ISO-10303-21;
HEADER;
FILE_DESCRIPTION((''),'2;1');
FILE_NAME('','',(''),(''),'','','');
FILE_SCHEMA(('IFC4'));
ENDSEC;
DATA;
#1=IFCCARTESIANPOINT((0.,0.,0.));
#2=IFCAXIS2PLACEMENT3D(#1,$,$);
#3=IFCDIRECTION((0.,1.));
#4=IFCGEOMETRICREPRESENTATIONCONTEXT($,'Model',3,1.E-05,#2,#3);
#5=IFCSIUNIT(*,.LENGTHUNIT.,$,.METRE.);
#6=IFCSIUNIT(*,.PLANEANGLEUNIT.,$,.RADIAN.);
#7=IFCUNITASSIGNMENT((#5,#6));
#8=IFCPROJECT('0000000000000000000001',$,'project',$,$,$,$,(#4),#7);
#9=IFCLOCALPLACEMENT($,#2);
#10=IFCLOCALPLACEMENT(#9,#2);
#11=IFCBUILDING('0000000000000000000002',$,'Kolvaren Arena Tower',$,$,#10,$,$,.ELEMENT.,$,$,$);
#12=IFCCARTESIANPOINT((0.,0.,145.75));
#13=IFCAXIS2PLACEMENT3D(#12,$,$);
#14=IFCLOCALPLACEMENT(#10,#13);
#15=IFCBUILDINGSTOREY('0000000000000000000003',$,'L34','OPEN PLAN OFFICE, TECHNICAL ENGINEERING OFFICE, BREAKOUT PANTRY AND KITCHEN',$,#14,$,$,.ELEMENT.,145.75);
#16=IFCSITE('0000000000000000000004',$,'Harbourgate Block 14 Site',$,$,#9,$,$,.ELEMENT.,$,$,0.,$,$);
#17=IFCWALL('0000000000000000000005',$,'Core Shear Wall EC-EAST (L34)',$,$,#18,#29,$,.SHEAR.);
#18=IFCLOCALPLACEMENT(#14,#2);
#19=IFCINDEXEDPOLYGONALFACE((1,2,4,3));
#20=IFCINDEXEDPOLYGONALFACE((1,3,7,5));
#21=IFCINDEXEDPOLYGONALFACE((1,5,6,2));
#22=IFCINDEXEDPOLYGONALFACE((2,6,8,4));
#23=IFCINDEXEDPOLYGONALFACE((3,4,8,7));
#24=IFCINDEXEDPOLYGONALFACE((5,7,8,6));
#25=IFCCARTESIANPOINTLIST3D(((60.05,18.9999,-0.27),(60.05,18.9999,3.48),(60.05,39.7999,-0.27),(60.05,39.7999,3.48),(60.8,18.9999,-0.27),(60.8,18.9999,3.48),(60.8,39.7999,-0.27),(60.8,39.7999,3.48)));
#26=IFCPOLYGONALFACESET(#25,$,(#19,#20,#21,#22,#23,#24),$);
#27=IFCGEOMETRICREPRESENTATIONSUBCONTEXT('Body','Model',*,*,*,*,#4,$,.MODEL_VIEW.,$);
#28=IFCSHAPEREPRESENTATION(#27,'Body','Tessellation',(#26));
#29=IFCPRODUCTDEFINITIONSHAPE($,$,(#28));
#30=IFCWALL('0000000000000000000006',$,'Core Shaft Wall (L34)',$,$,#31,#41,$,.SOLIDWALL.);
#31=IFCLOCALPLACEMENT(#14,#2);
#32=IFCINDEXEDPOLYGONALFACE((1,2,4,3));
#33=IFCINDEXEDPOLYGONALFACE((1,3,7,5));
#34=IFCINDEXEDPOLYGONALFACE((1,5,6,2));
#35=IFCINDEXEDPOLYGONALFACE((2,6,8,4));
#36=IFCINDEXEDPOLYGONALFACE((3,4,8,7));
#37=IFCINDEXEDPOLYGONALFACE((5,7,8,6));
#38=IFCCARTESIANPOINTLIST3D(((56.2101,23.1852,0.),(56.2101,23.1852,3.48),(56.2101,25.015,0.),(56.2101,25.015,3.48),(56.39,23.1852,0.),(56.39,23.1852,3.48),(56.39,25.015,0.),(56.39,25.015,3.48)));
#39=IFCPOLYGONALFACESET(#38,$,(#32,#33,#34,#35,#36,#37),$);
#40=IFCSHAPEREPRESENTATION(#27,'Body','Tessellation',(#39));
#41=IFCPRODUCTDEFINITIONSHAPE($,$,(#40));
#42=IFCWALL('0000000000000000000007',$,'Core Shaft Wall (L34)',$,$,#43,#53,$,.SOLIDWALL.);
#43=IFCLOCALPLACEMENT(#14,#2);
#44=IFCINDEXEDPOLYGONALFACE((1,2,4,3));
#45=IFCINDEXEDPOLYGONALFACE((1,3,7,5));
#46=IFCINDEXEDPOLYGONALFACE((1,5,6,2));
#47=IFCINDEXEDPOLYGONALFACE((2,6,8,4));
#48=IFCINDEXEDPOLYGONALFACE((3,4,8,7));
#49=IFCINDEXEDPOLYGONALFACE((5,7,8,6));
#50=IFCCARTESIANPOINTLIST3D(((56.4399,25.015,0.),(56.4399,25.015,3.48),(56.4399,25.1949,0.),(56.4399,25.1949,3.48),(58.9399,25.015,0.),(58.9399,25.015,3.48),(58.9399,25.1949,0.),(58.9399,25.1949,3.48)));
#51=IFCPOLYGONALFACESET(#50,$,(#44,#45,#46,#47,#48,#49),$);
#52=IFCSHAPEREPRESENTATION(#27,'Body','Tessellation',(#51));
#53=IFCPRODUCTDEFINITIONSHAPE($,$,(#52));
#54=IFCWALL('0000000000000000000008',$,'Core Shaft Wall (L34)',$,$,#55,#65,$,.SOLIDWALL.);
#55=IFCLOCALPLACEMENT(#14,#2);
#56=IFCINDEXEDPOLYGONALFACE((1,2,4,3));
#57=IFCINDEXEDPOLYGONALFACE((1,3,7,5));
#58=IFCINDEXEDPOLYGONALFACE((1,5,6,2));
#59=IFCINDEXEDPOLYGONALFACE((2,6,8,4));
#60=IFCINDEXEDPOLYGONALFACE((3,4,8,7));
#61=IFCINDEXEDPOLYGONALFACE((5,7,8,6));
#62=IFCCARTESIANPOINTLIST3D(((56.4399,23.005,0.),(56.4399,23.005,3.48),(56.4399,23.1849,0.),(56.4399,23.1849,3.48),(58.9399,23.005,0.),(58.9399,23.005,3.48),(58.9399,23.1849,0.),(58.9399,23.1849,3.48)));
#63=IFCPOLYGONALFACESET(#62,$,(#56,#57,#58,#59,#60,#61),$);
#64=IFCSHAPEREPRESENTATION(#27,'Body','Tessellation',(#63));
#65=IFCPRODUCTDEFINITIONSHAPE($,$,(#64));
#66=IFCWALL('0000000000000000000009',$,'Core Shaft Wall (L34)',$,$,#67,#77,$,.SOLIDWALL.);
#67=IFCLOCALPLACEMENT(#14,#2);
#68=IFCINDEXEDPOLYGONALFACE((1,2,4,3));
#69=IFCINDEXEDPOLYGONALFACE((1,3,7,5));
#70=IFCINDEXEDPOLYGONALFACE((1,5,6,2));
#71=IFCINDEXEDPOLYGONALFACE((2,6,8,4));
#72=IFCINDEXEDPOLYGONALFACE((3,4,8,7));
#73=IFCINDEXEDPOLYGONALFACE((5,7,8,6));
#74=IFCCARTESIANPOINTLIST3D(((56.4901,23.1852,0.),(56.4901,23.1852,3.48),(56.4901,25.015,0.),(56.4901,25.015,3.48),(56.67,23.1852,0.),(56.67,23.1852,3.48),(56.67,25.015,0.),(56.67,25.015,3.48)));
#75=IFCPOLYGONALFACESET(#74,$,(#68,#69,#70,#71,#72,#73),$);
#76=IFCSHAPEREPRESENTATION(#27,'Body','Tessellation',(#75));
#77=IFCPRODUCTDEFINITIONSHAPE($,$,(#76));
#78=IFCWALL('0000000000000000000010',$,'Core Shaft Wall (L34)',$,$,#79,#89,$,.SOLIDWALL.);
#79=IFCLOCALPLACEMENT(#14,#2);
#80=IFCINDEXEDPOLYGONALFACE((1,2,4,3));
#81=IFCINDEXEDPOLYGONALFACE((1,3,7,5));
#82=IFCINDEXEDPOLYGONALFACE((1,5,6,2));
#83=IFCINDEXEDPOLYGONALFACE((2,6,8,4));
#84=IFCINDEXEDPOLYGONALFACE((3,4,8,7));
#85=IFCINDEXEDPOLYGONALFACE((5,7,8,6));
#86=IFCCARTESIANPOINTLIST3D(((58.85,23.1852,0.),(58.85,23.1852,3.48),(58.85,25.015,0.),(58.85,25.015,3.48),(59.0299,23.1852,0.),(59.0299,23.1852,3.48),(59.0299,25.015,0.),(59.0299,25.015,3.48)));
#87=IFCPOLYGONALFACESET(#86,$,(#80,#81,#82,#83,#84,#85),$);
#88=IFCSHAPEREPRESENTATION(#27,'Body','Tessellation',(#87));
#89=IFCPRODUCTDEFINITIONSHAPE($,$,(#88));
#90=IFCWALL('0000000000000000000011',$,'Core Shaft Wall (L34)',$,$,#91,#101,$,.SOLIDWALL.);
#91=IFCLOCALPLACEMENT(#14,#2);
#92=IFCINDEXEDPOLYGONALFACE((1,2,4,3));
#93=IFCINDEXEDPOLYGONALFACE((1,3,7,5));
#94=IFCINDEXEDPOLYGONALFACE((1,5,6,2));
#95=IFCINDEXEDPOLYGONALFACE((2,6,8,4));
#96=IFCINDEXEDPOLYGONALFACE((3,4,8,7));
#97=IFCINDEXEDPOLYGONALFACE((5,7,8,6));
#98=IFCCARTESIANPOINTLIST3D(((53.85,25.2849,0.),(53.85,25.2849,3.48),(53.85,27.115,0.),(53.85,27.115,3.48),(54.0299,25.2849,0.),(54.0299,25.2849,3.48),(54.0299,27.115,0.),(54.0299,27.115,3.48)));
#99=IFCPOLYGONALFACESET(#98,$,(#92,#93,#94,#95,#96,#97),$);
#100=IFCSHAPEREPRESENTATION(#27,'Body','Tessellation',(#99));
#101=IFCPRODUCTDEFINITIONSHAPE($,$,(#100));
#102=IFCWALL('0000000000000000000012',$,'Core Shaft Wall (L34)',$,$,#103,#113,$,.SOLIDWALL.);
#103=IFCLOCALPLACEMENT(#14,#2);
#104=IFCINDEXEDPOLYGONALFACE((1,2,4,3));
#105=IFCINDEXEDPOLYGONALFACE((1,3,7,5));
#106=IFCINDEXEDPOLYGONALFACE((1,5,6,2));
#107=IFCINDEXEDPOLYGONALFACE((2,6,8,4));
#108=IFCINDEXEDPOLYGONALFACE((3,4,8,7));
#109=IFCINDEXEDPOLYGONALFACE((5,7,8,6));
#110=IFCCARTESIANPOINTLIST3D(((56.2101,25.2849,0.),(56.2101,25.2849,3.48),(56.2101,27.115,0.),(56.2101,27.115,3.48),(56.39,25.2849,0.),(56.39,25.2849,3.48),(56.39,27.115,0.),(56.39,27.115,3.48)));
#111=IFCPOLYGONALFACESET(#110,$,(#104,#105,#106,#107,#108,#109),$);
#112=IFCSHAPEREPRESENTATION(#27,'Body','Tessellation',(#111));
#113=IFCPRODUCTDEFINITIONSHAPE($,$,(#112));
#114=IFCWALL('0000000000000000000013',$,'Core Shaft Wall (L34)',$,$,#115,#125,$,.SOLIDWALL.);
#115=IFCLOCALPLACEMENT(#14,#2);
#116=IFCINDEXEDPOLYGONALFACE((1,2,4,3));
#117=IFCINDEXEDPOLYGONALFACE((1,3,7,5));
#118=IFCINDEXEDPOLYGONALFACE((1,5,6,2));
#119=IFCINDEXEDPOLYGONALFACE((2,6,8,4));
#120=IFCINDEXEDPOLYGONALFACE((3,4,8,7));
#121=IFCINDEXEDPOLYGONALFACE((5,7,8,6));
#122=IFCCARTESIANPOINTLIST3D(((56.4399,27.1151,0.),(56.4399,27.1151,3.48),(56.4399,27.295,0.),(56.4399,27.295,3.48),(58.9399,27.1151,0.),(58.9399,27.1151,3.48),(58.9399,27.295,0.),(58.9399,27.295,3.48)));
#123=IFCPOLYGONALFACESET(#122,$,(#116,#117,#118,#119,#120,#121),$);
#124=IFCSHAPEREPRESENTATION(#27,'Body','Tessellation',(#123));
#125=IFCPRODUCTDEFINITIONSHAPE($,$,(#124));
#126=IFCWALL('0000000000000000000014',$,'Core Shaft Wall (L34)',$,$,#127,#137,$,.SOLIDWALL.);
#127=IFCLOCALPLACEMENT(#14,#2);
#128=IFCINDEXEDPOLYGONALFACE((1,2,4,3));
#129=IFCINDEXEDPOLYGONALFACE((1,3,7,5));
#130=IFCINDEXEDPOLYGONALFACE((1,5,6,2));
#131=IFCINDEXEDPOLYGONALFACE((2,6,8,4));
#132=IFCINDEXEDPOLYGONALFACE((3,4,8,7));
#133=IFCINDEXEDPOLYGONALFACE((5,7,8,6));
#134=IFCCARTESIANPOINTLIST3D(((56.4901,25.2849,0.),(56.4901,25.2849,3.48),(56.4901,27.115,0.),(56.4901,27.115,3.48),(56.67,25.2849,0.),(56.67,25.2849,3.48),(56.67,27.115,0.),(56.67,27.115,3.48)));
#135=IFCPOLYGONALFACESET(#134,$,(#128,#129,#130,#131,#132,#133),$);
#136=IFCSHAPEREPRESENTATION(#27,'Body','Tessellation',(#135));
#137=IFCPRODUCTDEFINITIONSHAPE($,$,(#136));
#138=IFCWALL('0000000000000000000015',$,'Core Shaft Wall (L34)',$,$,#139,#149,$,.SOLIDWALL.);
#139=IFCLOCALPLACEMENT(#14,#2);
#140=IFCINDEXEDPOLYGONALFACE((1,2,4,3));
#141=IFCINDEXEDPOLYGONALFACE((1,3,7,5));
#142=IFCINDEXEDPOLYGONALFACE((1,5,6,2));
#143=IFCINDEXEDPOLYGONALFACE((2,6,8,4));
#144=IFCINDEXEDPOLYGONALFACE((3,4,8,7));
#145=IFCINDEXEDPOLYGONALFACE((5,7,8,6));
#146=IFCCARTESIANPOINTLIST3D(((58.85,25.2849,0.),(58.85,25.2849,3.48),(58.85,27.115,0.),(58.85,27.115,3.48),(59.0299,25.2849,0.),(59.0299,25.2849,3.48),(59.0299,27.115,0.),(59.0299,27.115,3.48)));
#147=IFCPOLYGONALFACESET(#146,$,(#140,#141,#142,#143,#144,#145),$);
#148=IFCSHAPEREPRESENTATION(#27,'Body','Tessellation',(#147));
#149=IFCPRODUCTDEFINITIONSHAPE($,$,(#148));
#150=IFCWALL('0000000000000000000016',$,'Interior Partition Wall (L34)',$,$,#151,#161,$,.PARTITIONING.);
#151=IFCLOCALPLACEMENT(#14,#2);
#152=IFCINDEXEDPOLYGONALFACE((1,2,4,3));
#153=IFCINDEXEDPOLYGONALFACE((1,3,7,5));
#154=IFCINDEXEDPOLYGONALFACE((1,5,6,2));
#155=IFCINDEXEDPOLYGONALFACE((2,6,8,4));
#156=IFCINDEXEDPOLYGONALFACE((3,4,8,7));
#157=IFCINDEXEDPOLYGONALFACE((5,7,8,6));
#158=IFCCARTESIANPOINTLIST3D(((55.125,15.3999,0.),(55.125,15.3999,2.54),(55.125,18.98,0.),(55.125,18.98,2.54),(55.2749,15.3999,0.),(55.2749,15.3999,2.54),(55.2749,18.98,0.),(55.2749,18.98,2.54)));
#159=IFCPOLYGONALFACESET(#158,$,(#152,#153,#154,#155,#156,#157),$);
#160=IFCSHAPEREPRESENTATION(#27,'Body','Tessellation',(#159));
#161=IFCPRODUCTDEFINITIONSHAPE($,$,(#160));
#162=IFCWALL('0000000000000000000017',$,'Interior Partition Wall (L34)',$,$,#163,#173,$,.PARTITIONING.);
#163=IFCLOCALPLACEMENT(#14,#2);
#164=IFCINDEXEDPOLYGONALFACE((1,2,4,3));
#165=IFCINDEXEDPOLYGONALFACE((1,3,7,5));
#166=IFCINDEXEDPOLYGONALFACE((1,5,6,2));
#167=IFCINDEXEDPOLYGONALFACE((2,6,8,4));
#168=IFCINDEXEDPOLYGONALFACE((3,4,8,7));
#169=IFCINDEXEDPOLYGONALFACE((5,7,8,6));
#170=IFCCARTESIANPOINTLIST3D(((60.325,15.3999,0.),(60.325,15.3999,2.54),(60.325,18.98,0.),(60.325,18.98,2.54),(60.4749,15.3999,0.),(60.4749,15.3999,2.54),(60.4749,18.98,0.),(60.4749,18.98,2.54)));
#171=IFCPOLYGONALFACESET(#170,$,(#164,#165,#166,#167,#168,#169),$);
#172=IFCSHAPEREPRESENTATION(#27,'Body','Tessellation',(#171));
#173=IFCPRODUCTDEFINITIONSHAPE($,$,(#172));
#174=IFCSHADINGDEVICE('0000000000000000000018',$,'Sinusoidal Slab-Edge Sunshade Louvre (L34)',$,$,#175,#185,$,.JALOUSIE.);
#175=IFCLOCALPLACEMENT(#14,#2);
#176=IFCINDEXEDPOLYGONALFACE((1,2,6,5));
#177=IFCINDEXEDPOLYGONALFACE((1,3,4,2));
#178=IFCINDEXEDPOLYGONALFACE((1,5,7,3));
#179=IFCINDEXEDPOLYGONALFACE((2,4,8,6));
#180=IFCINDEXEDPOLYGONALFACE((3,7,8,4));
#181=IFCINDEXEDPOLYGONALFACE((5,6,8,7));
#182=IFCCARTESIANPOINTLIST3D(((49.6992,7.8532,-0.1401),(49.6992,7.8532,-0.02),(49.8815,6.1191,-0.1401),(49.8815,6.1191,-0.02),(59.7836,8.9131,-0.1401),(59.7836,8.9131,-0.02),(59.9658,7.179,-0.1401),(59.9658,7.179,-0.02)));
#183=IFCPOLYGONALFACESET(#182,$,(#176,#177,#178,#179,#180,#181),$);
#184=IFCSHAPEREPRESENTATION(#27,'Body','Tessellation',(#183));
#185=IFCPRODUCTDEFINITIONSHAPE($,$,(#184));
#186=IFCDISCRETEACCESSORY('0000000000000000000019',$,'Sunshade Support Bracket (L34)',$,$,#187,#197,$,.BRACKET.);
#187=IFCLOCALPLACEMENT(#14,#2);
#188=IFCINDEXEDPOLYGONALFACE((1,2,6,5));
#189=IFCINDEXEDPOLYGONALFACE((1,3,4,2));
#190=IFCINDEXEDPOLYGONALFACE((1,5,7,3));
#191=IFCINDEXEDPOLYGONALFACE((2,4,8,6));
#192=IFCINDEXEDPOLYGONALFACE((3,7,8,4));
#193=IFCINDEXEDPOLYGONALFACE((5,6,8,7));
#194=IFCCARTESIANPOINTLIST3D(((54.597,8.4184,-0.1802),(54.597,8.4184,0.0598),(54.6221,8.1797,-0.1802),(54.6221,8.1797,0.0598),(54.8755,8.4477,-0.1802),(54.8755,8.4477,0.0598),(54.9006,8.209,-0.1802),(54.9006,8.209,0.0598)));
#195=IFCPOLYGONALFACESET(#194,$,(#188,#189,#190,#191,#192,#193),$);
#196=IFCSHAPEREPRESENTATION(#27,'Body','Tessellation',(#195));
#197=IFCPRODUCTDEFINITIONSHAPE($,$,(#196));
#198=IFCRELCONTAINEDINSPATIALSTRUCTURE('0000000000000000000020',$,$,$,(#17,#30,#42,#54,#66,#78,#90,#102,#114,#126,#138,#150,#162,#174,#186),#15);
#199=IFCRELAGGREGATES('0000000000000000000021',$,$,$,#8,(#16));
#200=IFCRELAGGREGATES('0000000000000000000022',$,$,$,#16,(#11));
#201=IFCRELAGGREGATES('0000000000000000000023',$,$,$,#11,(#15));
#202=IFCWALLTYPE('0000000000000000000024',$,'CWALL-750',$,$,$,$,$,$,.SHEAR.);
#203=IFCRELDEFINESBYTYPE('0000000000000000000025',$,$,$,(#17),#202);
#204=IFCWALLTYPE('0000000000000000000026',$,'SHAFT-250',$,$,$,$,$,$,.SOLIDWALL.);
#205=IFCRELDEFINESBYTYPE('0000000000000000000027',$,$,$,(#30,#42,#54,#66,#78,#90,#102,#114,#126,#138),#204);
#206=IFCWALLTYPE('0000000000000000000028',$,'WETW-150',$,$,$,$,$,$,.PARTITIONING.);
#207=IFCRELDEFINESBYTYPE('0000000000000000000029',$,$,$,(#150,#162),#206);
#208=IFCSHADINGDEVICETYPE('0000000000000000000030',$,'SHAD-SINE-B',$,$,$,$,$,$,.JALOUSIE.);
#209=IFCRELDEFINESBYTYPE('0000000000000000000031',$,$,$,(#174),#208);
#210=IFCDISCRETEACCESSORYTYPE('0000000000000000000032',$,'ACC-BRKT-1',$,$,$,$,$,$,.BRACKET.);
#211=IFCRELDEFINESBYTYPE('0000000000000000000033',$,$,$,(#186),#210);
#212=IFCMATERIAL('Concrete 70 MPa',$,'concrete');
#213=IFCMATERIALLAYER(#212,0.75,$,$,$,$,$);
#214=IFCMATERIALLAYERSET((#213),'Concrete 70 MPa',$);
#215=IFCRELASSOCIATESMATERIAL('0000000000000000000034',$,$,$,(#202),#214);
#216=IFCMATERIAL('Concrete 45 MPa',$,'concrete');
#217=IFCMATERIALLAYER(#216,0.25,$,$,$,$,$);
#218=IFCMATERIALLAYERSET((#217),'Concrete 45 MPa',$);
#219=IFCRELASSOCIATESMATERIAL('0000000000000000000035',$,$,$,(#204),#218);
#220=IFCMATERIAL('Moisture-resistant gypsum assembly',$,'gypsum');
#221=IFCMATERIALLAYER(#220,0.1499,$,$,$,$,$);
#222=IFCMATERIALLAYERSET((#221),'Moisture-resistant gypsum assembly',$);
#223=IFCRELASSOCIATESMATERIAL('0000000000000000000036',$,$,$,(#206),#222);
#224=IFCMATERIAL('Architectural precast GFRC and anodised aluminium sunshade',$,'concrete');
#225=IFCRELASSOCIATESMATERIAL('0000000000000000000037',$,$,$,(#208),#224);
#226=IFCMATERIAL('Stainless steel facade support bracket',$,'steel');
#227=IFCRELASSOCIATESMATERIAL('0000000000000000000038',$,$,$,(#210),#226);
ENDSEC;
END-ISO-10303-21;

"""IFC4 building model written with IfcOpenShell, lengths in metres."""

from ifc_helpers import new_model, si_unit, direction, frame, frame_2d, origin, origin_2d, place, context, subcontext, project, spatial, rectangle, extrude, material, layer, layer_set, type_object, element, save


model = new_model("IFC4")

# Units and contexts
model_context = context("Model", 3, precision=1e-05, world=origin(), true_north=direction((0.0, 1.0)))
body_context = subcontext(model_context, "Body", "Model", "MODEL_VIEW")
ifc_project = project(units=[si_unit("LENGTHUNIT", "METRE"), si_unit("PLANEANGLEUNIT", "RADIAN")], contexts=[model_context])

# Site, building, storey
site_placement = place(None, origin())
site = spatial("IfcSite", under=ifc_project, at=site_placement, Name="Harbourgate Block 14 Site", CompositionType="ELEMENT", RefElevation=0.0)
building_placement = place(site_placement, origin())
building = spatial("IfcBuilding", under=site, at=building_placement, Name="Kolvaren Arena Tower", CompositionType="ELEMENT")
storey_placement = place(building_placement, frame((0.0, 0.0, 145.75)))
storey = spatial("IfcBuildingStorey", under=building, at=storey_placement, Name="L34", Description="OPEN PLAN OFFICE, TECHNICAL ENGINEERING OFFICE, BREAKOUT PANTRY AND KITCHEN", CompositionType="ELEMENT", Elevation=145.75)

# Walls
ifc_material_1 = material(Name="Concrete 70 MPa", Category="concrete")
ifc_layer_1 = layer(ifc_material_1, 0.75)
ifc_layer_set_1 = layer_set([ifc_layer_1], Name="Concrete 70 MPa")
wall_type_1 = type_object("IfcWallType", Name="CWALL-750", PredefinedType="SHEAR", material=ifc_layer_set_1)
wall_1_placement = place(storey_placement, frame((60.425, 19.0, -0.27), z_axis=(0.0, 0.0, 1.0), x_axis=(0.0, 1.0, 0.0)))
element("IfcWall", 1, at=wall_1_placement, inside=storey, type_object=wall_type_1, Name="Core Shear Wall EC-EAST (L34)", PredefinedType="SHEAR", context=body_context, shape_type="SweptSolid", body=[
    extrude(rectangle(XDim=20.8, YDim=0.75, at=frame_2d((10.3999, 0.0))), origin(), (0.0, 0.0, 1.0), 3.75),
])
ifc_material_2 = material(Name="Concrete 45 MPa", Category="concrete")
ifc_layer_2 = layer(ifc_material_2, 0.25)
ifc_layer_set_2 = layer_set([ifc_layer_2], Name="Concrete 45 MPa")
wall_type_2 = type_object("IfcWallType", Name="SHAFT-250", PredefinedType="SOLIDWALL", material=ifc_layer_set_2)
wall_2_placement = place(storey_placement, frame((56.3, 23.1851, 0.0), z_axis=(0.0, 0.0, 1.0), x_axis=(0.0, 1.0, 0.0)))
element("IfcWall", 2, at=wall_2_placement, inside=storey, type_object=wall_type_2, Name="Core Shaft Wall (L34)", PredefinedType="SOLIDWALL", context=body_context, shape_type="SweptSolid", body=[
    extrude(rectangle(XDim=1.8298, YDim=0.1799, at=frame_2d((0.915, 0.0))), origin(), (0.0, 0.0, 1.0), 3.48),
])
for number, where, z_axis, x_axis, name in (
    (3, (56.4399, 25.105, 0.0), (0.0, 0.0, 1.0), (1.0, 0.0, 0.0), "Core Shaft Wall (L34)"),
    (4, (56.4399, 23.095, 0.0), (0.0, 0.0, 1.0), (1.0, 0.0, 0.0), "Core Shaft Wall (L34)"),
):
    element("IfcWall", number, at=place(storey_placement, frame(where, z_axis=z_axis, x_axis=x_axis)), inside=storey, type_object=wall_type_2, Name=name, PredefinedType="SOLIDWALL", context=body_context, shape_type="SweptSolid", body=[
        extrude(rectangle(XDim=2.5, YDim=0.1799, at=frame_2d((1.25, 0.0))), origin(), (0.0, 0.0, 1.0), 3.48),
    ])
for number, where, z_axis, x_axis, name in (
    (5, (56.5801, 23.1851, 0.0), (0.0, 0.0, 1.0), (0.0, 1.0, 0.0), "Core Shaft Wall (L34)"),
    (6, (58.9399, 23.1851, 0.0), (0.0, 0.0, 1.0), (0.0, 1.0, 0.0), "Core Shaft Wall (L34)"),
):
    element("IfcWall", number, at=place(storey_placement, frame(where, z_axis=z_axis, x_axis=x_axis)), inside=storey, type_object=wall_type_2, Name=name, PredefinedType="SOLIDWALL", context=body_context, shape_type="SweptSolid", body=[
        extrude(rectangle(XDim=1.8298, YDim=0.1799, at=frame_2d((0.915, 0.0))), origin(), (0.0, 0.0, 1.0), 3.48),
    ])
for number, where, z_axis, x_axis, name in (
    (7, (53.9399, 25.2849, 0.0), (0.0, 0.0, 1.0), (0.0, 1.0, 0.0), "Core Shaft Wall (L34)"),
    (8, (56.3, 25.2849, 0.0), (0.0, 0.0, 1.0), (0.0, 1.0, 0.0), "Core Shaft Wall (L34)"),
):
    element("IfcWall", number, at=place(storey_placement, frame(where, z_axis=z_axis, x_axis=x_axis)), inside=storey, type_object=wall_type_2, Name=name, PredefinedType="SOLIDWALL", context=body_context, shape_type="SweptSolid", body=[
        extrude(rectangle(XDim=1.8301, YDim=0.1799, at=frame_2d((0.915, 0.0))), origin(), (0.0, 0.0, 1.0), 3.48),
    ])
wall_3_placement = place(storey_placement, frame((56.4399, 27.2051, 0.0), z_axis=(0.0, 0.0, 1.0), x_axis=(1.0, 0.0, 0.0)))
element("IfcWall", 9, at=wall_3_placement, inside=storey, type_object=wall_type_2, Name="Core Shaft Wall (L34)", PredefinedType="SOLIDWALL", context=body_context, shape_type="SweptSolid", body=[
    extrude(rectangle(XDim=2.5, YDim=0.1799, at=frame_2d((1.25, 0.0))), origin(), (0.0, 0.0, 1.0), 3.48),
])
for number, where, z_axis, x_axis, name in (
    (10, (56.5801, 25.2849, 0.0), (0.0, 0.0, 1.0), (0.0, 1.0, 0.0), "Core Shaft Wall (L34)"),
    (11, (58.9399, 25.2849, 0.0), (0.0, 0.0, 1.0), (0.0, 1.0, 0.0), "Core Shaft Wall (L34)"),
):
    element("IfcWall", number, at=place(storey_placement, frame(where, z_axis=z_axis, x_axis=x_axis)), inside=storey, type_object=wall_type_2, Name=name, PredefinedType="SOLIDWALL", context=body_context, shape_type="SweptSolid", body=[
        extrude(rectangle(XDim=1.8301, YDim=0.1799, at=frame_2d((0.915, 0.0))), origin(), (0.0, 0.0, 1.0), 3.48),
    ])
ifc_material_3 = material(Name="Moisture-resistant gypsum assembly", Category="gypsum")
ifc_layer_3 = layer(ifc_material_3, 0.1499)
ifc_layer_set_3 = layer_set([ifc_layer_3], Name="Moisture-resistant gypsum assembly")
wall_type_3 = type_object("IfcWallType", Name="WETW-150", PredefinedType="PARTITIONING", material=ifc_layer_set_3)
for number, where, z_axis, x_axis, name in (
    (12, (55.2, 15.3999, 0.0), (0.0, 0.0, 1.0), (0.0, 1.0, 0.0), "Interior Partition Wall (L34)"),
    (13, (60.3999, 15.3999, 0.0), (0.0, 0.0, 1.0), (0.0, 1.0, 0.0), "Interior Partition Wall (L34)"),
):
    element("IfcWall", number, at=place(storey_placement, frame(where, z_axis=z_axis, x_axis=x_axis)), inside=storey, type_object=wall_type_3, Name=name, PredefinedType="PARTITIONING", context=body_context, shape_type="SweptSolid", body=[
        extrude(rectangle(XDim=3.5801, YDim=0.1499, at=frame_2d((1.79, 0.0))), origin(), (0.0, 0.0, 1.0), 2.54),
    ])

# Shading device
ifc_material_4 = material(Name="Architectural precast GFRC and anodised aluminium sunshade", Category="concrete")
shading_device_type = type_object("IfcShadingDeviceType", Name="SHAD-SINE-B", PredefinedType="JALOUSIE", material=ifc_material_4)
shading_device_placement = place(storey_placement, frame((54.8325, 7.5161, -0.1401), z_axis=(0.0, 0.0, 1.0), x_axis=(-0.994522, -0.104527, 0.0)))
element("IfcShadingDevice", 14, at=shading_device_placement, inside=storey, type_object=shading_device_type, Name="Sinusoidal Slab-Edge Sunshade Louvre (L34)", PredefinedType="JALOUSIE", context=body_context, shape_type="SweptSolid", body=[
    extrude(rectangle(XDim=10.1399, YDim=1.7437, at=origin_2d()), origin(), (0.0, 0.0, 1.0), 0.1201),
])

# Discrete accessory
ifc_material_5 = material(Name="Stainless steel facade support bracket", Category="steel")
discrete_accessory_type_1 = type_object("IfcDiscreteAccessoryType", Name="ACC-BRKT-1", PredefinedType="BRACKET", material=ifc_material_5)
discrete_accessory_1_placement = place(storey_placement, frame((54.7488, 8.3137, -0.1802), z_axis=(0.0, 0.0, 1.0), x_axis=(-0.994522, -0.104527, 0.0)))
element("IfcDiscreteAccessory", 15, at=discrete_accessory_1_placement, inside=storey, type_object=discrete_accessory_type_1, Name="Sunshade Support Bracket (L34)", PredefinedType="BRACKET", context=body_context, shape_type="SweptSolid", body=[
    extrude(rectangle(XDim=0.28, YDim=0.24, at=origin_2d()), origin(), (0.0, 0.0, 1.0), 0.24),
])

save(model, "model.ifc")
